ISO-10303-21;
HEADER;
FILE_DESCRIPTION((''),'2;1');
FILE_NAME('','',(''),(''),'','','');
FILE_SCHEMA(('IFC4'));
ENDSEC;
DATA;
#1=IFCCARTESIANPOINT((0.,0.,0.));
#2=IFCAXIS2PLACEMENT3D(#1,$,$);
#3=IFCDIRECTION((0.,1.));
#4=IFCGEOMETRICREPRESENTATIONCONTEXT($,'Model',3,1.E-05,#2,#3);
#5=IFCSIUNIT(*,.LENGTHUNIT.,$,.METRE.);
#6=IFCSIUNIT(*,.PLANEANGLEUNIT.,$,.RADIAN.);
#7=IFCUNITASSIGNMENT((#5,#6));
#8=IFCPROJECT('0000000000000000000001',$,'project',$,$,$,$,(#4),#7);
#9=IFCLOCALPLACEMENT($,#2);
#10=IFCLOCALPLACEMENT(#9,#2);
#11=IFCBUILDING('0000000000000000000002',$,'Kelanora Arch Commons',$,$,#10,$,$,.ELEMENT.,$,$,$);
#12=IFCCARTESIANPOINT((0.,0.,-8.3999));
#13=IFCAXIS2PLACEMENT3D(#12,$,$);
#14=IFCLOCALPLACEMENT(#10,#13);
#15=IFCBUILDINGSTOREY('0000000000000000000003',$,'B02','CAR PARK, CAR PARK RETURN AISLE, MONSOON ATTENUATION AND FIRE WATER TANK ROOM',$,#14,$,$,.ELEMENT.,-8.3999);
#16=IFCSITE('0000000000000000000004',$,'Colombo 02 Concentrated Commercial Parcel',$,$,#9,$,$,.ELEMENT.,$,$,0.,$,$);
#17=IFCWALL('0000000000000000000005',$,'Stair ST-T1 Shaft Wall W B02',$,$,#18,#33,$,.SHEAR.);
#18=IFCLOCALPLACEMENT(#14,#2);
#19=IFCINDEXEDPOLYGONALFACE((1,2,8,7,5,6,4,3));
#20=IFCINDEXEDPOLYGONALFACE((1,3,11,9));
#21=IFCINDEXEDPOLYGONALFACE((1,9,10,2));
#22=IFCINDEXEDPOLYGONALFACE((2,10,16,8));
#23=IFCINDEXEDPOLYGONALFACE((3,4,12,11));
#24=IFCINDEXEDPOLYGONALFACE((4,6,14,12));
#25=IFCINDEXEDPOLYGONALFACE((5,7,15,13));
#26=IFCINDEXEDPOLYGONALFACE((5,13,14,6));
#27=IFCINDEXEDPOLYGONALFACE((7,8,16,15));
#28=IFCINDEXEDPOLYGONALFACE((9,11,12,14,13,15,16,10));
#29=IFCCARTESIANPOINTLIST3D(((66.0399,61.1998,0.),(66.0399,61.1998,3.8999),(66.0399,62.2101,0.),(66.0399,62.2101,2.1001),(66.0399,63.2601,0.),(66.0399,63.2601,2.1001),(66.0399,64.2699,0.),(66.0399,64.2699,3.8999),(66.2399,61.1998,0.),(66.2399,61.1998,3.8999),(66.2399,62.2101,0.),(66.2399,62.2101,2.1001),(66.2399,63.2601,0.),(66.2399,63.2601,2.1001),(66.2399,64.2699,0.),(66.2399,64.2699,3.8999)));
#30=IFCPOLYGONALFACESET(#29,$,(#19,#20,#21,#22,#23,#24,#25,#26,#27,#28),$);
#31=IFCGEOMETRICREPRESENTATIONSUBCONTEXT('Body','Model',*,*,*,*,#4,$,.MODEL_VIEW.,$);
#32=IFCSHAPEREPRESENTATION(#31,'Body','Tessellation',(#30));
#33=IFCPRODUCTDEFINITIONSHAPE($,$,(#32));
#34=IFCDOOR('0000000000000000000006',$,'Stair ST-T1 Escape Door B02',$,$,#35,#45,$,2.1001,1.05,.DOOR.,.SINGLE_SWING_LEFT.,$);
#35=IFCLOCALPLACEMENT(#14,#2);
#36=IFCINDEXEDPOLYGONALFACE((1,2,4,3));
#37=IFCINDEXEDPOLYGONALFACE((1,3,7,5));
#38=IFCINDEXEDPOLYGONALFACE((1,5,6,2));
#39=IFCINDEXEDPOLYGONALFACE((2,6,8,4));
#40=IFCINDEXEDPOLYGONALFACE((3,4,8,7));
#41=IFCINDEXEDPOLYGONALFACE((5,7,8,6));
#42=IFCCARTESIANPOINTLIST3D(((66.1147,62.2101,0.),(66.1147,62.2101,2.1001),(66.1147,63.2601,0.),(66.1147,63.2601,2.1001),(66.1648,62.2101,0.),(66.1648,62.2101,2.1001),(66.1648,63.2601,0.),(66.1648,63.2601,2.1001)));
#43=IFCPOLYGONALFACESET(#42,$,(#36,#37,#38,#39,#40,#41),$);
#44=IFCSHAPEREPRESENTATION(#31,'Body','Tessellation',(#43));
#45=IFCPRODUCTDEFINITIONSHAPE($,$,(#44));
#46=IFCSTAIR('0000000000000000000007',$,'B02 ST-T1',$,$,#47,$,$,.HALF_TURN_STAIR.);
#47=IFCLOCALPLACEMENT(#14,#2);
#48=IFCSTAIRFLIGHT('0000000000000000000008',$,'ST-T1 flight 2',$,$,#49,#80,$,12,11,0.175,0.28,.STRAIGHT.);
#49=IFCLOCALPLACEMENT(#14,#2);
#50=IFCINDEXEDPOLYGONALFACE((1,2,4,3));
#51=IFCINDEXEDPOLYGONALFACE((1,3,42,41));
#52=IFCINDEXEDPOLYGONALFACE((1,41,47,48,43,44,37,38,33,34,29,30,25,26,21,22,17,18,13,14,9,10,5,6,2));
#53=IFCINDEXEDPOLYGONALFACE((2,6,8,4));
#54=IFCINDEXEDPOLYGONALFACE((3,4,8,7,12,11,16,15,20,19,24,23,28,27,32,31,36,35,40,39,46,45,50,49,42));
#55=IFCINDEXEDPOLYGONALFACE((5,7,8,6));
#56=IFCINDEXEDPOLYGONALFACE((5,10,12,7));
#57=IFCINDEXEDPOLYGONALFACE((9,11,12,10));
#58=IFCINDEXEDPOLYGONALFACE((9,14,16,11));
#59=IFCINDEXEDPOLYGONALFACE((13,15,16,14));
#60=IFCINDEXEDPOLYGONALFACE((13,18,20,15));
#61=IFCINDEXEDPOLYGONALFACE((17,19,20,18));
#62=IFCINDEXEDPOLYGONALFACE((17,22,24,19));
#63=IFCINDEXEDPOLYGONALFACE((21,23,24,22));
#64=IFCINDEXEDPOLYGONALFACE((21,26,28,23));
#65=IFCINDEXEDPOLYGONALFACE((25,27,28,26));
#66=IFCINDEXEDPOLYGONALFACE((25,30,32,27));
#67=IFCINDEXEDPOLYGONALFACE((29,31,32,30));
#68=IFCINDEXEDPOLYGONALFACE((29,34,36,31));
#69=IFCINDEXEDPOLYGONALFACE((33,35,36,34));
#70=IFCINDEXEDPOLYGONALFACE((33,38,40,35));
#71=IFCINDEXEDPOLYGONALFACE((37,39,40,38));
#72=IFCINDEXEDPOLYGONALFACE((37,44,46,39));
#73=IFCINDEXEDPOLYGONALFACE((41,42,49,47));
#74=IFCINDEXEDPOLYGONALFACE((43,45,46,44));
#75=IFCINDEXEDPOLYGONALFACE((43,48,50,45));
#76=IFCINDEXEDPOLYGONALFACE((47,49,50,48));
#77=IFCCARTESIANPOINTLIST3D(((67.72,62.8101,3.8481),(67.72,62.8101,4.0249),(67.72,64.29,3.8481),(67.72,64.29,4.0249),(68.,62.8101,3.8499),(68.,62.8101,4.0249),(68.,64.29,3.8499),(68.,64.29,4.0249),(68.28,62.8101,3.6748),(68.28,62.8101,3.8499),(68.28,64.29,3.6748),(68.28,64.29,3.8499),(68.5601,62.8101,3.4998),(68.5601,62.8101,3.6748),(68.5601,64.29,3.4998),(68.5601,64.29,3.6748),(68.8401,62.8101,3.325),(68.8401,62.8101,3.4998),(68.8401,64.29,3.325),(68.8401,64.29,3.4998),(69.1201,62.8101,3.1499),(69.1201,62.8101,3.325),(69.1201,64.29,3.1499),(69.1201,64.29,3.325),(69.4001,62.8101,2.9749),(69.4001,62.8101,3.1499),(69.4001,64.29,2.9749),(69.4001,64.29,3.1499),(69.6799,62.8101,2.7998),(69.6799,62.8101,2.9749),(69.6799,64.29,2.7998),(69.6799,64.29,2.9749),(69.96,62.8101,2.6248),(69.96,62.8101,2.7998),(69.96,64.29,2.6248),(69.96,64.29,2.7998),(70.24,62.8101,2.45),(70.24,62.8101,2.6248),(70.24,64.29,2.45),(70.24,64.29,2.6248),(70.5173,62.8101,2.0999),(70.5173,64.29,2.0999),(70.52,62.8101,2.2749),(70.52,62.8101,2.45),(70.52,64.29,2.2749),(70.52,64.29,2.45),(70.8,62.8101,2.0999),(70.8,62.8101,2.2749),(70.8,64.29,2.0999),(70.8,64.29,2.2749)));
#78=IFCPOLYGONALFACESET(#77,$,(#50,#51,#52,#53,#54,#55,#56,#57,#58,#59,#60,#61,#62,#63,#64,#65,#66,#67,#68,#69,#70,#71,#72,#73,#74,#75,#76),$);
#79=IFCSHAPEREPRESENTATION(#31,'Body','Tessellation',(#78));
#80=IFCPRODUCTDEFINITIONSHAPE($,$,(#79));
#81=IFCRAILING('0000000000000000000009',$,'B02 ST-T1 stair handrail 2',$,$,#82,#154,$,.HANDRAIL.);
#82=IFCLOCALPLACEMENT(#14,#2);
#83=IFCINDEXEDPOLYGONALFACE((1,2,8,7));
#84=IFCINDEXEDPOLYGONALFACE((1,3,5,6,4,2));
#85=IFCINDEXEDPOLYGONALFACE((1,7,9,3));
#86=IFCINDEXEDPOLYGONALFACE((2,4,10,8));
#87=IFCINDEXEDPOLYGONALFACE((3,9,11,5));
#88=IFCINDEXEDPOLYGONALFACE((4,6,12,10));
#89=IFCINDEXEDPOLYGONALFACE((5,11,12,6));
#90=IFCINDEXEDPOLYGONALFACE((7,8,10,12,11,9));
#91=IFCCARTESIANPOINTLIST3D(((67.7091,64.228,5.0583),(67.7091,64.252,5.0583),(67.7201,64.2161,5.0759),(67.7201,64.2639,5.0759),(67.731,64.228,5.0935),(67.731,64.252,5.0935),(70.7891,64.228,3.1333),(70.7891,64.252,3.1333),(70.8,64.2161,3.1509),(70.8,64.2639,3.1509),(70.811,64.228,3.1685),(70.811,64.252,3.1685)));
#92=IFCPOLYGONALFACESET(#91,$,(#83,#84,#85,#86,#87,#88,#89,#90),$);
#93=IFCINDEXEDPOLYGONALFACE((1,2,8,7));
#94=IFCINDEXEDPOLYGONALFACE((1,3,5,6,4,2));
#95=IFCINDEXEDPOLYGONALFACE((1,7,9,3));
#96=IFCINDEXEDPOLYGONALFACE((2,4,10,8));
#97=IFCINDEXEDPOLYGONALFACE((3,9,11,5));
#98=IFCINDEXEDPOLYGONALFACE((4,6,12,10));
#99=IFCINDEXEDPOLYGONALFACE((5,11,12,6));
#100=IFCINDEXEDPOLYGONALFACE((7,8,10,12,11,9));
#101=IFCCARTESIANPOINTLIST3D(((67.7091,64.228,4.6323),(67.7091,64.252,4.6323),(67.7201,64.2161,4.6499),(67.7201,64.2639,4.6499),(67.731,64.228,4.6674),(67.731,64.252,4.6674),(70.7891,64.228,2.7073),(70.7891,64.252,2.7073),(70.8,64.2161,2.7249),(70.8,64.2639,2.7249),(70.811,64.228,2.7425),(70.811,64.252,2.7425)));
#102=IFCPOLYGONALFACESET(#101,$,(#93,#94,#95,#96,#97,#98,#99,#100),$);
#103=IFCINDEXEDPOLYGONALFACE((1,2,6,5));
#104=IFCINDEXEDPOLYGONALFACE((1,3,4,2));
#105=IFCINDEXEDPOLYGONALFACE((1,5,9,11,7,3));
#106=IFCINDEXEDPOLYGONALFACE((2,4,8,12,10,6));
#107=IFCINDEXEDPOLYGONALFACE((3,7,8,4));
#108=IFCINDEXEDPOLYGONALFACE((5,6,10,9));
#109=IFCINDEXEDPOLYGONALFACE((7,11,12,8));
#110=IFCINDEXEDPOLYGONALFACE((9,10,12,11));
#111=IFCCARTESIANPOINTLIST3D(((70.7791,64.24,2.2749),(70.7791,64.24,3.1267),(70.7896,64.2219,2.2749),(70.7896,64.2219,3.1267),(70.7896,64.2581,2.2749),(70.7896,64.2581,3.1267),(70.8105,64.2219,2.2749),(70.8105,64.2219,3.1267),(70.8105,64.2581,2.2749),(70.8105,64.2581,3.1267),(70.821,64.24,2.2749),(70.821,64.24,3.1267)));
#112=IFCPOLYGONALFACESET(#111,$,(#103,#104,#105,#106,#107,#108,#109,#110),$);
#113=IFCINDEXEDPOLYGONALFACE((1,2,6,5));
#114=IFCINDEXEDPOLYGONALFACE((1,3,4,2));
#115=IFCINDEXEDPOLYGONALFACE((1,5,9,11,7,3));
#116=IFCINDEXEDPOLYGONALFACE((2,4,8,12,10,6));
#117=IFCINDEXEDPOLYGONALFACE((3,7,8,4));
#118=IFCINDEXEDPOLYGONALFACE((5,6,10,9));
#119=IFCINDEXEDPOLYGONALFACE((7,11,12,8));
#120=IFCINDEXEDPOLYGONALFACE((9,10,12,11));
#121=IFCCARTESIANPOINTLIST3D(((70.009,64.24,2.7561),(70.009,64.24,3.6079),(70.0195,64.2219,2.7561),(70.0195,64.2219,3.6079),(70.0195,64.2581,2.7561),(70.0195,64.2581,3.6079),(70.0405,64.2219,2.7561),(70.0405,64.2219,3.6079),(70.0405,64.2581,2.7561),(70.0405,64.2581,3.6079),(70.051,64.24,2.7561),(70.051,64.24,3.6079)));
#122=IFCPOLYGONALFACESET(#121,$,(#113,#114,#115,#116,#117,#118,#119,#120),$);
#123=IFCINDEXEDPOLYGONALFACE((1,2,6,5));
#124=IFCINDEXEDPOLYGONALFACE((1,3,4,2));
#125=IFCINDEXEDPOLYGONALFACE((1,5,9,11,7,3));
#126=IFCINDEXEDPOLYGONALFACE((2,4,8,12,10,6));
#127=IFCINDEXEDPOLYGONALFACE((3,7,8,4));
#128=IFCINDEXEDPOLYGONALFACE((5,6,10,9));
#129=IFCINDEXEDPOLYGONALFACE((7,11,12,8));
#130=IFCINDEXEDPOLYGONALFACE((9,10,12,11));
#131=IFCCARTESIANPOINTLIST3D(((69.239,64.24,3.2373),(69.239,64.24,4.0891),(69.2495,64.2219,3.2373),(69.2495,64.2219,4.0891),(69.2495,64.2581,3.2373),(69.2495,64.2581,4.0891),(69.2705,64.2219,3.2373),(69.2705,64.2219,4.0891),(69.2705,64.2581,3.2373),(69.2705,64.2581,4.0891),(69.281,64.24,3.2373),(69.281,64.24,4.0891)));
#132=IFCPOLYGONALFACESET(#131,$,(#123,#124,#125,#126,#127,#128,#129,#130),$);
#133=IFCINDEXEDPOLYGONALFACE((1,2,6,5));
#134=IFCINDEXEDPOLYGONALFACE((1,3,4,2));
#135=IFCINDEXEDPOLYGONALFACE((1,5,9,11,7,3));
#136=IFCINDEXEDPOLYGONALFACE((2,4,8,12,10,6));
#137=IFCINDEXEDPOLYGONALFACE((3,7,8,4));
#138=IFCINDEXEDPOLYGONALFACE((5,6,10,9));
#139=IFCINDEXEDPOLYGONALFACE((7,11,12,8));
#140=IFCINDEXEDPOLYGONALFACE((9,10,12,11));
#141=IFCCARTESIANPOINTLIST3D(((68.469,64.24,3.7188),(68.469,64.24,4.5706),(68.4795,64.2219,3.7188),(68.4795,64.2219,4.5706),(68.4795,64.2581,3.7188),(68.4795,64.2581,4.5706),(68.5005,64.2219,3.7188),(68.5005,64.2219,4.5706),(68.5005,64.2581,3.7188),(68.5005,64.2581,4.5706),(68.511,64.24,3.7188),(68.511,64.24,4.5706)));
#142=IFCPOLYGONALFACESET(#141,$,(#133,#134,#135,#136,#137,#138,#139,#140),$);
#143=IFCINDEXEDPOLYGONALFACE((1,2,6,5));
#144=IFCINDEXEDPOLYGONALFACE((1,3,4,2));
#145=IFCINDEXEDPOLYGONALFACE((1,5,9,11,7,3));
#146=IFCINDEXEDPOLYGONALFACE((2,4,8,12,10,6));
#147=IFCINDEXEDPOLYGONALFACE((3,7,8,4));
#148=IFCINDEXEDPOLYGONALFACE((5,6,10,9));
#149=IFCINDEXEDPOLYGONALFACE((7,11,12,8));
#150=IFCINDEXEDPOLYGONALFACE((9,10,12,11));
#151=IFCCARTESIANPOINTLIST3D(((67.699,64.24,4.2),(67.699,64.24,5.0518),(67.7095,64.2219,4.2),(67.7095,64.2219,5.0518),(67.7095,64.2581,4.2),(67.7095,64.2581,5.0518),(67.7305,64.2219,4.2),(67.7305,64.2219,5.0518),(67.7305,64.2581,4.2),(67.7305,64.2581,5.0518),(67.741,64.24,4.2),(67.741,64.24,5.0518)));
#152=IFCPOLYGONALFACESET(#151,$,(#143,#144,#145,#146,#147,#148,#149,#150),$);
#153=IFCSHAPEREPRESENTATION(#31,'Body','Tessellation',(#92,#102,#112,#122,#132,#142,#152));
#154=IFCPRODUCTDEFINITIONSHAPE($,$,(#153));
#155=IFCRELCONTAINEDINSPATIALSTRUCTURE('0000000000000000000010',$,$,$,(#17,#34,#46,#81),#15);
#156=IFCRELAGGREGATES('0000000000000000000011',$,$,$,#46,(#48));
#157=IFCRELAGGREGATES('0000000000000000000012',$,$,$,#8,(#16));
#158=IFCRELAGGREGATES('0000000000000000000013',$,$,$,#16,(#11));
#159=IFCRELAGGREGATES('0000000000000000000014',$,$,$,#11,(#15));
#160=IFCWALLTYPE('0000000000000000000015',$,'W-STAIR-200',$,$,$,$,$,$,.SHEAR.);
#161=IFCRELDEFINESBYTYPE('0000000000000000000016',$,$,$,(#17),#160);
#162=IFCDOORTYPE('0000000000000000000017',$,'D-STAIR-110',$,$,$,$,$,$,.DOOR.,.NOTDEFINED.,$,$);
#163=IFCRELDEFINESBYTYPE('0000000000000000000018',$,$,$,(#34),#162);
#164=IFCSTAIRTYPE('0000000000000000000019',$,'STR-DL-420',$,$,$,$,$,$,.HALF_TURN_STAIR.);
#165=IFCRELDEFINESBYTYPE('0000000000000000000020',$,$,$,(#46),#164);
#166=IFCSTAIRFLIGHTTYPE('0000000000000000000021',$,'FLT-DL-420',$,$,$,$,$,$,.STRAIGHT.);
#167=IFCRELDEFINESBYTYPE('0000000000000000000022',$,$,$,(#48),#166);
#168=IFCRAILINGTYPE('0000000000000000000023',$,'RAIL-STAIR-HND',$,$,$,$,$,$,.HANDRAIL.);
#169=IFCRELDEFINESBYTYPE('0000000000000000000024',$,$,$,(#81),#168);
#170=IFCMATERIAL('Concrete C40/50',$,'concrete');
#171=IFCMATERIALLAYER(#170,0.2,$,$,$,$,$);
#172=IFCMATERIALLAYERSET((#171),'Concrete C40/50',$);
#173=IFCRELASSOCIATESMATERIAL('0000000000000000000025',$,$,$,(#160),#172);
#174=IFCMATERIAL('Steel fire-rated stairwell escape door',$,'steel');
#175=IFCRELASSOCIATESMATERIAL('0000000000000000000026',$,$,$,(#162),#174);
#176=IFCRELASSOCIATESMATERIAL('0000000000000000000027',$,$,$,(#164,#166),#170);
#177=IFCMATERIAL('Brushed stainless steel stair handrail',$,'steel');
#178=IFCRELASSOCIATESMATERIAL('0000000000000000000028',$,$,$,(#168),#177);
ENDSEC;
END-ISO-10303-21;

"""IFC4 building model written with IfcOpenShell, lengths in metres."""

from ifc_helpers import new_model, si_unit, direction, frame, frame_2d, origin, place, context, subcontext, project, spatial, polyline, rectangle, outline, extrude, material, layer, layer_set, type_object, element, fill, aggregate, save


model = new_model("IFC4")

# Units and contexts
model_context = context("Model", 3, precision=1e-05, world=origin(), true_north=direction((0.0, 1.0)))
body_context = subcontext(model_context, "Body", "Model", "MODEL_VIEW")
ifc_project = project(units=[si_unit("LENGTHUNIT", "METRE"), si_unit("PLANEANGLEUNIT", "RADIAN")], contexts=[model_context])

# Site, building, storey
site_placement = place(None, origin())
site = spatial("IfcSite", under=ifc_project, at=site_placement, Name="Colombo 02 Concentrated Commercial Parcel", CompositionType="ELEMENT", RefElevation=0.0)
building_placement = place(site_placement, origin())
building = spatial("IfcBuilding", under=site, at=building_placement, Name="Kelanora Arch Commons", CompositionType="ELEMENT")
storey_placement = place(building_placement, frame((0.0, 0.0, -8.3999)))
storey = spatial("IfcBuildingStorey", under=building, at=storey_placement, Name="B02", Description="CAR PARK, CAR PARK RETURN AISLE, MONSOON ATTENUATION AND FIRE WATER TANK ROOM", CompositionType="ELEMENT", Elevation=-8.3999)

# Shared definitions
ifc_material_1 = material(Name="Concrete C40/50", Category="concrete")
ifc_layer_1 = layer(ifc_material_1, 0.2)
ifc_layer_set_1 = layer_set([ifc_layer_1], Name="Concrete C40/50")
wall_type_1 = type_object("IfcWallType", Name="W-STAIR-200", PredefinedType="SHEAR", material=ifc_layer_set_1)

# Wall, opening, door
wall_1_placement = place(storey_placement, frame((66.1399, 64.27, 0.0), z_axis=(0.0, 0.0, 1.0), x_axis=(0.0, -1.0, 0.0)))
wall_1 = element("IfcWall", 1, at=wall_1_placement, inside=storey, type_object=wall_type_1, Name="Stair ST-T1 Shaft Wall W B02", PredefinedType="SHEAR", context=body_context, shape_type="SweptSolid", body=[
    extrude(rectangle(XDim=3.0701, YDim=0.2, at=frame_2d((1.5352, 0.0))), origin(), (0.0, 0.0, 1.0), 3.8999),
])
opening_placement = place(wall_1_placement, frame((1.01, 0.0, 0.0)))
opening = element("IfcOpeningElement", 2, at=opening_placement, cuts=wall_1, PredefinedType="OPENING", context=body_context, shape_type="SweptSolid", body=[
    extrude(rectangle(XDim=1.05, YDim=2.1001, at=frame_2d((0.5249, 1.05))), frame((0.0, 0.1099, 0.0), z_axis=(0.0, -1.0, 0.0), x_axis=(1.0, 0.0, 0.0)), (0.0, 0.0, 1.0), 0.22),
])
ifc_material_2 = material(Name="Steel fire-rated stairwell escape door", Category="steel")
door_type = type_object("IfcDoorType", Name="D-STAIR-110", OperationType="NOTDEFINED", PredefinedType="DOOR", material=ifc_material_2)
door_placement = place(opening_placement, origin())
door = element("IfcDoor", 3, at=door_placement, inside=storey, type_object=door_type, Name="Stair ST-T1 Escape Door B02", OperationType="SINGLE_SWING_LEFT", OverallHeight=2.1001, OverallWidth=1.05, PredefinedType="DOOR", context=body_context, shape_type="SweptSolid", body=[
    extrude(rectangle(XDim=1.05, YDim=2.1001, at=frame_2d((0.5249, 1.05))), frame((0.0, 0.0249, 0.0), z_axis=(0.0, -1.0, 0.0), x_axis=(1.0, 0.0, 0.0)), (0.0, 0.0, 1.0), 0.05),
])
fill(opening, door)

# Stair, stair flight
stair_type = type_object("IfcStairType", Name="STR-DL-420", PredefinedType="HALF_TURN_STAIR", material=ifc_material_1)
stair_placement = place(storey_placement, origin())
stair = element("IfcStair", 4, at=stair_placement, inside=storey, type_object=stair_type, Name="B02 ST-T1", PredefinedType="HALF_TURN_STAIR")
stair_flight_type = type_object("IfcStairFlightType", Name="FLT-DL-420", PredefinedType="STRAIGHT", material=ifc_material_1)
stair_flight_placement = place(storey_placement, frame((70.8, 63.55, 2.0999), z_axis=(0.0, 0.0, 1.0), x_axis=(-1.0, 0.0, 0.0)))
stair_flight = element("IfcStairFlight", 5, at=stair_flight_placement, type_object=stair_flight_type, Name="ST-T1 flight 2", NumberOfRisers=12, NumberOfTreads=11, PredefinedType="STRAIGHT", RiserHeight=0.175, TreadLength=0.28, context=body_context, shape_type="SweptSolid", body=[
    extrude(outline(polyline([(0.0, 0.0), (0.0, 0.175), (0.28, 0.175), (0.28, 0.3501), (0.5601, 0.3501), (0.5601, 0.5249), (0.8401, 0.5249), (0.8401, 0.7), (1.1201, 0.7), (1.1201, 0.875), (1.3999, 0.875), (1.3999, 1.05), (1.6799, 1.05), (1.6799, 1.2251), (1.96, 1.2251), (1.96, 1.3999), (2.24, 1.3999), (2.24, 1.575), (2.52, 1.575), (2.52, 1.75), (2.8, 1.75), (2.8, 1.925), (3.0801, 1.925), (3.0801, 2.1001), (3.0801, 1.7483), (0.2827, 0.0), (0.0, 0.0)])), frame((0.0, 0.74, 0.0), z_axis=(0.0, -1.0, 0.0), x_axis=(1.0, 0.0, 0.0)), (0.0, 0.0, 1.0), 1.48),
])
aggregate(stair, [stair_flight])

# Railing
ifc_material_3 = material(Name="Brushed stainless steel stair handrail", Category="steel")
railing_type = type_object("IfcRailingType", Name="RAIL-STAIR-HND", PredefinedType="HANDRAIL", material=ifc_material_3)
railing_placement = place(storey_placement, frame((70.8, 64.24, 2.2749)))
element("IfcRailing", 6, at=railing_placement, inside=storey, type_object=railing_type, Name="B02 ST-T1 stair handrail 2", PredefinedType="HANDRAIL", context=body_context, shape_type="SweptSolid", body=[
    extrude(outline(polyline([(0.0239, 0.0), (0.012, 0.0208), (-0.012, 0.0208), (-0.0239, 0.0), (-0.012, -0.0208), (0.012, -0.0208), (0.0239, 0.0)])), frame((0.0, 0.0, 0.876), z_axis=(-0.847998, 0.0, 0.529999), x_axis=(0.0, -1.0, 0.0)), (0.0, 0.0, 1.0), 3.6321),
    extrude(outline(polyline([(0.0239, 0.0), (0.012, 0.0208), (-0.012, 0.0208), (-0.0239, 0.0), (-0.012, -0.0208), (0.012, -0.0208), (0.0239, 0.0)])), frame((0.0, 0.0, 0.45), z_axis=(-0.847998, 0.0, 0.529999), x_axis=(0.0, -1.0, 0.0)), (0.0, 0.0, 1.0), 3.6321),
    extrude(outline(polyline([(0.021, 0.0), (0.0105, 0.0181), (-0.0105, 0.0181), (-0.021, 0.0), (-0.0105, -0.0181), (0.0105, -0.0181), (0.021, 0.0)])), origin(), (0.0, 0.0, 1.0), 0.8518),
    extrude(outline(polyline([(0.021, 0.0), (0.0105, 0.0181), (-0.0105, 0.0181), (-0.021, 0.0), (-0.0105, -0.0181), (0.0105, -0.0181), (0.021, 0.0)])), frame((-0.77, 0.0, 0.4812)), (0.0, 0.0, 1.0), 0.8518),
    extrude(outline(polyline([(0.021, 0.0), (0.0105, 0.0181), (-0.0105, 0.0181), (-0.021, 0.0), (-0.0105, -0.0181), (0.0105, -0.0181), (0.021, 0.0)])), frame((-1.54, 0.0, 0.9624)), (0.0, 0.0, 1.0), 0.8518),
    extrude(outline(polyline([(0.021, 0.0), (0.0105, 0.0181), (-0.0105, 0.0181), (-0.021, 0.0), (-0.0105, -0.0181), (0.0105, -0.0181), (0.021, 0.0)])), frame((-2.3101, 0.0, 1.4438)), (0.0, 0.0, 1.0), 0.8518),
    extrude(outline(polyline([(0.021, 0.0), (0.0105, 0.0181), (-0.0105, 0.0181), (-0.021, 0.0), (-0.0105, -0.0181), (0.0105, -0.0181), (0.021, 0.0)])), frame((-3.0801, 0.0, 1.925)), (0.0, 0.0, 1.0), 0.8518),
])

save(model, "model.ifc")
